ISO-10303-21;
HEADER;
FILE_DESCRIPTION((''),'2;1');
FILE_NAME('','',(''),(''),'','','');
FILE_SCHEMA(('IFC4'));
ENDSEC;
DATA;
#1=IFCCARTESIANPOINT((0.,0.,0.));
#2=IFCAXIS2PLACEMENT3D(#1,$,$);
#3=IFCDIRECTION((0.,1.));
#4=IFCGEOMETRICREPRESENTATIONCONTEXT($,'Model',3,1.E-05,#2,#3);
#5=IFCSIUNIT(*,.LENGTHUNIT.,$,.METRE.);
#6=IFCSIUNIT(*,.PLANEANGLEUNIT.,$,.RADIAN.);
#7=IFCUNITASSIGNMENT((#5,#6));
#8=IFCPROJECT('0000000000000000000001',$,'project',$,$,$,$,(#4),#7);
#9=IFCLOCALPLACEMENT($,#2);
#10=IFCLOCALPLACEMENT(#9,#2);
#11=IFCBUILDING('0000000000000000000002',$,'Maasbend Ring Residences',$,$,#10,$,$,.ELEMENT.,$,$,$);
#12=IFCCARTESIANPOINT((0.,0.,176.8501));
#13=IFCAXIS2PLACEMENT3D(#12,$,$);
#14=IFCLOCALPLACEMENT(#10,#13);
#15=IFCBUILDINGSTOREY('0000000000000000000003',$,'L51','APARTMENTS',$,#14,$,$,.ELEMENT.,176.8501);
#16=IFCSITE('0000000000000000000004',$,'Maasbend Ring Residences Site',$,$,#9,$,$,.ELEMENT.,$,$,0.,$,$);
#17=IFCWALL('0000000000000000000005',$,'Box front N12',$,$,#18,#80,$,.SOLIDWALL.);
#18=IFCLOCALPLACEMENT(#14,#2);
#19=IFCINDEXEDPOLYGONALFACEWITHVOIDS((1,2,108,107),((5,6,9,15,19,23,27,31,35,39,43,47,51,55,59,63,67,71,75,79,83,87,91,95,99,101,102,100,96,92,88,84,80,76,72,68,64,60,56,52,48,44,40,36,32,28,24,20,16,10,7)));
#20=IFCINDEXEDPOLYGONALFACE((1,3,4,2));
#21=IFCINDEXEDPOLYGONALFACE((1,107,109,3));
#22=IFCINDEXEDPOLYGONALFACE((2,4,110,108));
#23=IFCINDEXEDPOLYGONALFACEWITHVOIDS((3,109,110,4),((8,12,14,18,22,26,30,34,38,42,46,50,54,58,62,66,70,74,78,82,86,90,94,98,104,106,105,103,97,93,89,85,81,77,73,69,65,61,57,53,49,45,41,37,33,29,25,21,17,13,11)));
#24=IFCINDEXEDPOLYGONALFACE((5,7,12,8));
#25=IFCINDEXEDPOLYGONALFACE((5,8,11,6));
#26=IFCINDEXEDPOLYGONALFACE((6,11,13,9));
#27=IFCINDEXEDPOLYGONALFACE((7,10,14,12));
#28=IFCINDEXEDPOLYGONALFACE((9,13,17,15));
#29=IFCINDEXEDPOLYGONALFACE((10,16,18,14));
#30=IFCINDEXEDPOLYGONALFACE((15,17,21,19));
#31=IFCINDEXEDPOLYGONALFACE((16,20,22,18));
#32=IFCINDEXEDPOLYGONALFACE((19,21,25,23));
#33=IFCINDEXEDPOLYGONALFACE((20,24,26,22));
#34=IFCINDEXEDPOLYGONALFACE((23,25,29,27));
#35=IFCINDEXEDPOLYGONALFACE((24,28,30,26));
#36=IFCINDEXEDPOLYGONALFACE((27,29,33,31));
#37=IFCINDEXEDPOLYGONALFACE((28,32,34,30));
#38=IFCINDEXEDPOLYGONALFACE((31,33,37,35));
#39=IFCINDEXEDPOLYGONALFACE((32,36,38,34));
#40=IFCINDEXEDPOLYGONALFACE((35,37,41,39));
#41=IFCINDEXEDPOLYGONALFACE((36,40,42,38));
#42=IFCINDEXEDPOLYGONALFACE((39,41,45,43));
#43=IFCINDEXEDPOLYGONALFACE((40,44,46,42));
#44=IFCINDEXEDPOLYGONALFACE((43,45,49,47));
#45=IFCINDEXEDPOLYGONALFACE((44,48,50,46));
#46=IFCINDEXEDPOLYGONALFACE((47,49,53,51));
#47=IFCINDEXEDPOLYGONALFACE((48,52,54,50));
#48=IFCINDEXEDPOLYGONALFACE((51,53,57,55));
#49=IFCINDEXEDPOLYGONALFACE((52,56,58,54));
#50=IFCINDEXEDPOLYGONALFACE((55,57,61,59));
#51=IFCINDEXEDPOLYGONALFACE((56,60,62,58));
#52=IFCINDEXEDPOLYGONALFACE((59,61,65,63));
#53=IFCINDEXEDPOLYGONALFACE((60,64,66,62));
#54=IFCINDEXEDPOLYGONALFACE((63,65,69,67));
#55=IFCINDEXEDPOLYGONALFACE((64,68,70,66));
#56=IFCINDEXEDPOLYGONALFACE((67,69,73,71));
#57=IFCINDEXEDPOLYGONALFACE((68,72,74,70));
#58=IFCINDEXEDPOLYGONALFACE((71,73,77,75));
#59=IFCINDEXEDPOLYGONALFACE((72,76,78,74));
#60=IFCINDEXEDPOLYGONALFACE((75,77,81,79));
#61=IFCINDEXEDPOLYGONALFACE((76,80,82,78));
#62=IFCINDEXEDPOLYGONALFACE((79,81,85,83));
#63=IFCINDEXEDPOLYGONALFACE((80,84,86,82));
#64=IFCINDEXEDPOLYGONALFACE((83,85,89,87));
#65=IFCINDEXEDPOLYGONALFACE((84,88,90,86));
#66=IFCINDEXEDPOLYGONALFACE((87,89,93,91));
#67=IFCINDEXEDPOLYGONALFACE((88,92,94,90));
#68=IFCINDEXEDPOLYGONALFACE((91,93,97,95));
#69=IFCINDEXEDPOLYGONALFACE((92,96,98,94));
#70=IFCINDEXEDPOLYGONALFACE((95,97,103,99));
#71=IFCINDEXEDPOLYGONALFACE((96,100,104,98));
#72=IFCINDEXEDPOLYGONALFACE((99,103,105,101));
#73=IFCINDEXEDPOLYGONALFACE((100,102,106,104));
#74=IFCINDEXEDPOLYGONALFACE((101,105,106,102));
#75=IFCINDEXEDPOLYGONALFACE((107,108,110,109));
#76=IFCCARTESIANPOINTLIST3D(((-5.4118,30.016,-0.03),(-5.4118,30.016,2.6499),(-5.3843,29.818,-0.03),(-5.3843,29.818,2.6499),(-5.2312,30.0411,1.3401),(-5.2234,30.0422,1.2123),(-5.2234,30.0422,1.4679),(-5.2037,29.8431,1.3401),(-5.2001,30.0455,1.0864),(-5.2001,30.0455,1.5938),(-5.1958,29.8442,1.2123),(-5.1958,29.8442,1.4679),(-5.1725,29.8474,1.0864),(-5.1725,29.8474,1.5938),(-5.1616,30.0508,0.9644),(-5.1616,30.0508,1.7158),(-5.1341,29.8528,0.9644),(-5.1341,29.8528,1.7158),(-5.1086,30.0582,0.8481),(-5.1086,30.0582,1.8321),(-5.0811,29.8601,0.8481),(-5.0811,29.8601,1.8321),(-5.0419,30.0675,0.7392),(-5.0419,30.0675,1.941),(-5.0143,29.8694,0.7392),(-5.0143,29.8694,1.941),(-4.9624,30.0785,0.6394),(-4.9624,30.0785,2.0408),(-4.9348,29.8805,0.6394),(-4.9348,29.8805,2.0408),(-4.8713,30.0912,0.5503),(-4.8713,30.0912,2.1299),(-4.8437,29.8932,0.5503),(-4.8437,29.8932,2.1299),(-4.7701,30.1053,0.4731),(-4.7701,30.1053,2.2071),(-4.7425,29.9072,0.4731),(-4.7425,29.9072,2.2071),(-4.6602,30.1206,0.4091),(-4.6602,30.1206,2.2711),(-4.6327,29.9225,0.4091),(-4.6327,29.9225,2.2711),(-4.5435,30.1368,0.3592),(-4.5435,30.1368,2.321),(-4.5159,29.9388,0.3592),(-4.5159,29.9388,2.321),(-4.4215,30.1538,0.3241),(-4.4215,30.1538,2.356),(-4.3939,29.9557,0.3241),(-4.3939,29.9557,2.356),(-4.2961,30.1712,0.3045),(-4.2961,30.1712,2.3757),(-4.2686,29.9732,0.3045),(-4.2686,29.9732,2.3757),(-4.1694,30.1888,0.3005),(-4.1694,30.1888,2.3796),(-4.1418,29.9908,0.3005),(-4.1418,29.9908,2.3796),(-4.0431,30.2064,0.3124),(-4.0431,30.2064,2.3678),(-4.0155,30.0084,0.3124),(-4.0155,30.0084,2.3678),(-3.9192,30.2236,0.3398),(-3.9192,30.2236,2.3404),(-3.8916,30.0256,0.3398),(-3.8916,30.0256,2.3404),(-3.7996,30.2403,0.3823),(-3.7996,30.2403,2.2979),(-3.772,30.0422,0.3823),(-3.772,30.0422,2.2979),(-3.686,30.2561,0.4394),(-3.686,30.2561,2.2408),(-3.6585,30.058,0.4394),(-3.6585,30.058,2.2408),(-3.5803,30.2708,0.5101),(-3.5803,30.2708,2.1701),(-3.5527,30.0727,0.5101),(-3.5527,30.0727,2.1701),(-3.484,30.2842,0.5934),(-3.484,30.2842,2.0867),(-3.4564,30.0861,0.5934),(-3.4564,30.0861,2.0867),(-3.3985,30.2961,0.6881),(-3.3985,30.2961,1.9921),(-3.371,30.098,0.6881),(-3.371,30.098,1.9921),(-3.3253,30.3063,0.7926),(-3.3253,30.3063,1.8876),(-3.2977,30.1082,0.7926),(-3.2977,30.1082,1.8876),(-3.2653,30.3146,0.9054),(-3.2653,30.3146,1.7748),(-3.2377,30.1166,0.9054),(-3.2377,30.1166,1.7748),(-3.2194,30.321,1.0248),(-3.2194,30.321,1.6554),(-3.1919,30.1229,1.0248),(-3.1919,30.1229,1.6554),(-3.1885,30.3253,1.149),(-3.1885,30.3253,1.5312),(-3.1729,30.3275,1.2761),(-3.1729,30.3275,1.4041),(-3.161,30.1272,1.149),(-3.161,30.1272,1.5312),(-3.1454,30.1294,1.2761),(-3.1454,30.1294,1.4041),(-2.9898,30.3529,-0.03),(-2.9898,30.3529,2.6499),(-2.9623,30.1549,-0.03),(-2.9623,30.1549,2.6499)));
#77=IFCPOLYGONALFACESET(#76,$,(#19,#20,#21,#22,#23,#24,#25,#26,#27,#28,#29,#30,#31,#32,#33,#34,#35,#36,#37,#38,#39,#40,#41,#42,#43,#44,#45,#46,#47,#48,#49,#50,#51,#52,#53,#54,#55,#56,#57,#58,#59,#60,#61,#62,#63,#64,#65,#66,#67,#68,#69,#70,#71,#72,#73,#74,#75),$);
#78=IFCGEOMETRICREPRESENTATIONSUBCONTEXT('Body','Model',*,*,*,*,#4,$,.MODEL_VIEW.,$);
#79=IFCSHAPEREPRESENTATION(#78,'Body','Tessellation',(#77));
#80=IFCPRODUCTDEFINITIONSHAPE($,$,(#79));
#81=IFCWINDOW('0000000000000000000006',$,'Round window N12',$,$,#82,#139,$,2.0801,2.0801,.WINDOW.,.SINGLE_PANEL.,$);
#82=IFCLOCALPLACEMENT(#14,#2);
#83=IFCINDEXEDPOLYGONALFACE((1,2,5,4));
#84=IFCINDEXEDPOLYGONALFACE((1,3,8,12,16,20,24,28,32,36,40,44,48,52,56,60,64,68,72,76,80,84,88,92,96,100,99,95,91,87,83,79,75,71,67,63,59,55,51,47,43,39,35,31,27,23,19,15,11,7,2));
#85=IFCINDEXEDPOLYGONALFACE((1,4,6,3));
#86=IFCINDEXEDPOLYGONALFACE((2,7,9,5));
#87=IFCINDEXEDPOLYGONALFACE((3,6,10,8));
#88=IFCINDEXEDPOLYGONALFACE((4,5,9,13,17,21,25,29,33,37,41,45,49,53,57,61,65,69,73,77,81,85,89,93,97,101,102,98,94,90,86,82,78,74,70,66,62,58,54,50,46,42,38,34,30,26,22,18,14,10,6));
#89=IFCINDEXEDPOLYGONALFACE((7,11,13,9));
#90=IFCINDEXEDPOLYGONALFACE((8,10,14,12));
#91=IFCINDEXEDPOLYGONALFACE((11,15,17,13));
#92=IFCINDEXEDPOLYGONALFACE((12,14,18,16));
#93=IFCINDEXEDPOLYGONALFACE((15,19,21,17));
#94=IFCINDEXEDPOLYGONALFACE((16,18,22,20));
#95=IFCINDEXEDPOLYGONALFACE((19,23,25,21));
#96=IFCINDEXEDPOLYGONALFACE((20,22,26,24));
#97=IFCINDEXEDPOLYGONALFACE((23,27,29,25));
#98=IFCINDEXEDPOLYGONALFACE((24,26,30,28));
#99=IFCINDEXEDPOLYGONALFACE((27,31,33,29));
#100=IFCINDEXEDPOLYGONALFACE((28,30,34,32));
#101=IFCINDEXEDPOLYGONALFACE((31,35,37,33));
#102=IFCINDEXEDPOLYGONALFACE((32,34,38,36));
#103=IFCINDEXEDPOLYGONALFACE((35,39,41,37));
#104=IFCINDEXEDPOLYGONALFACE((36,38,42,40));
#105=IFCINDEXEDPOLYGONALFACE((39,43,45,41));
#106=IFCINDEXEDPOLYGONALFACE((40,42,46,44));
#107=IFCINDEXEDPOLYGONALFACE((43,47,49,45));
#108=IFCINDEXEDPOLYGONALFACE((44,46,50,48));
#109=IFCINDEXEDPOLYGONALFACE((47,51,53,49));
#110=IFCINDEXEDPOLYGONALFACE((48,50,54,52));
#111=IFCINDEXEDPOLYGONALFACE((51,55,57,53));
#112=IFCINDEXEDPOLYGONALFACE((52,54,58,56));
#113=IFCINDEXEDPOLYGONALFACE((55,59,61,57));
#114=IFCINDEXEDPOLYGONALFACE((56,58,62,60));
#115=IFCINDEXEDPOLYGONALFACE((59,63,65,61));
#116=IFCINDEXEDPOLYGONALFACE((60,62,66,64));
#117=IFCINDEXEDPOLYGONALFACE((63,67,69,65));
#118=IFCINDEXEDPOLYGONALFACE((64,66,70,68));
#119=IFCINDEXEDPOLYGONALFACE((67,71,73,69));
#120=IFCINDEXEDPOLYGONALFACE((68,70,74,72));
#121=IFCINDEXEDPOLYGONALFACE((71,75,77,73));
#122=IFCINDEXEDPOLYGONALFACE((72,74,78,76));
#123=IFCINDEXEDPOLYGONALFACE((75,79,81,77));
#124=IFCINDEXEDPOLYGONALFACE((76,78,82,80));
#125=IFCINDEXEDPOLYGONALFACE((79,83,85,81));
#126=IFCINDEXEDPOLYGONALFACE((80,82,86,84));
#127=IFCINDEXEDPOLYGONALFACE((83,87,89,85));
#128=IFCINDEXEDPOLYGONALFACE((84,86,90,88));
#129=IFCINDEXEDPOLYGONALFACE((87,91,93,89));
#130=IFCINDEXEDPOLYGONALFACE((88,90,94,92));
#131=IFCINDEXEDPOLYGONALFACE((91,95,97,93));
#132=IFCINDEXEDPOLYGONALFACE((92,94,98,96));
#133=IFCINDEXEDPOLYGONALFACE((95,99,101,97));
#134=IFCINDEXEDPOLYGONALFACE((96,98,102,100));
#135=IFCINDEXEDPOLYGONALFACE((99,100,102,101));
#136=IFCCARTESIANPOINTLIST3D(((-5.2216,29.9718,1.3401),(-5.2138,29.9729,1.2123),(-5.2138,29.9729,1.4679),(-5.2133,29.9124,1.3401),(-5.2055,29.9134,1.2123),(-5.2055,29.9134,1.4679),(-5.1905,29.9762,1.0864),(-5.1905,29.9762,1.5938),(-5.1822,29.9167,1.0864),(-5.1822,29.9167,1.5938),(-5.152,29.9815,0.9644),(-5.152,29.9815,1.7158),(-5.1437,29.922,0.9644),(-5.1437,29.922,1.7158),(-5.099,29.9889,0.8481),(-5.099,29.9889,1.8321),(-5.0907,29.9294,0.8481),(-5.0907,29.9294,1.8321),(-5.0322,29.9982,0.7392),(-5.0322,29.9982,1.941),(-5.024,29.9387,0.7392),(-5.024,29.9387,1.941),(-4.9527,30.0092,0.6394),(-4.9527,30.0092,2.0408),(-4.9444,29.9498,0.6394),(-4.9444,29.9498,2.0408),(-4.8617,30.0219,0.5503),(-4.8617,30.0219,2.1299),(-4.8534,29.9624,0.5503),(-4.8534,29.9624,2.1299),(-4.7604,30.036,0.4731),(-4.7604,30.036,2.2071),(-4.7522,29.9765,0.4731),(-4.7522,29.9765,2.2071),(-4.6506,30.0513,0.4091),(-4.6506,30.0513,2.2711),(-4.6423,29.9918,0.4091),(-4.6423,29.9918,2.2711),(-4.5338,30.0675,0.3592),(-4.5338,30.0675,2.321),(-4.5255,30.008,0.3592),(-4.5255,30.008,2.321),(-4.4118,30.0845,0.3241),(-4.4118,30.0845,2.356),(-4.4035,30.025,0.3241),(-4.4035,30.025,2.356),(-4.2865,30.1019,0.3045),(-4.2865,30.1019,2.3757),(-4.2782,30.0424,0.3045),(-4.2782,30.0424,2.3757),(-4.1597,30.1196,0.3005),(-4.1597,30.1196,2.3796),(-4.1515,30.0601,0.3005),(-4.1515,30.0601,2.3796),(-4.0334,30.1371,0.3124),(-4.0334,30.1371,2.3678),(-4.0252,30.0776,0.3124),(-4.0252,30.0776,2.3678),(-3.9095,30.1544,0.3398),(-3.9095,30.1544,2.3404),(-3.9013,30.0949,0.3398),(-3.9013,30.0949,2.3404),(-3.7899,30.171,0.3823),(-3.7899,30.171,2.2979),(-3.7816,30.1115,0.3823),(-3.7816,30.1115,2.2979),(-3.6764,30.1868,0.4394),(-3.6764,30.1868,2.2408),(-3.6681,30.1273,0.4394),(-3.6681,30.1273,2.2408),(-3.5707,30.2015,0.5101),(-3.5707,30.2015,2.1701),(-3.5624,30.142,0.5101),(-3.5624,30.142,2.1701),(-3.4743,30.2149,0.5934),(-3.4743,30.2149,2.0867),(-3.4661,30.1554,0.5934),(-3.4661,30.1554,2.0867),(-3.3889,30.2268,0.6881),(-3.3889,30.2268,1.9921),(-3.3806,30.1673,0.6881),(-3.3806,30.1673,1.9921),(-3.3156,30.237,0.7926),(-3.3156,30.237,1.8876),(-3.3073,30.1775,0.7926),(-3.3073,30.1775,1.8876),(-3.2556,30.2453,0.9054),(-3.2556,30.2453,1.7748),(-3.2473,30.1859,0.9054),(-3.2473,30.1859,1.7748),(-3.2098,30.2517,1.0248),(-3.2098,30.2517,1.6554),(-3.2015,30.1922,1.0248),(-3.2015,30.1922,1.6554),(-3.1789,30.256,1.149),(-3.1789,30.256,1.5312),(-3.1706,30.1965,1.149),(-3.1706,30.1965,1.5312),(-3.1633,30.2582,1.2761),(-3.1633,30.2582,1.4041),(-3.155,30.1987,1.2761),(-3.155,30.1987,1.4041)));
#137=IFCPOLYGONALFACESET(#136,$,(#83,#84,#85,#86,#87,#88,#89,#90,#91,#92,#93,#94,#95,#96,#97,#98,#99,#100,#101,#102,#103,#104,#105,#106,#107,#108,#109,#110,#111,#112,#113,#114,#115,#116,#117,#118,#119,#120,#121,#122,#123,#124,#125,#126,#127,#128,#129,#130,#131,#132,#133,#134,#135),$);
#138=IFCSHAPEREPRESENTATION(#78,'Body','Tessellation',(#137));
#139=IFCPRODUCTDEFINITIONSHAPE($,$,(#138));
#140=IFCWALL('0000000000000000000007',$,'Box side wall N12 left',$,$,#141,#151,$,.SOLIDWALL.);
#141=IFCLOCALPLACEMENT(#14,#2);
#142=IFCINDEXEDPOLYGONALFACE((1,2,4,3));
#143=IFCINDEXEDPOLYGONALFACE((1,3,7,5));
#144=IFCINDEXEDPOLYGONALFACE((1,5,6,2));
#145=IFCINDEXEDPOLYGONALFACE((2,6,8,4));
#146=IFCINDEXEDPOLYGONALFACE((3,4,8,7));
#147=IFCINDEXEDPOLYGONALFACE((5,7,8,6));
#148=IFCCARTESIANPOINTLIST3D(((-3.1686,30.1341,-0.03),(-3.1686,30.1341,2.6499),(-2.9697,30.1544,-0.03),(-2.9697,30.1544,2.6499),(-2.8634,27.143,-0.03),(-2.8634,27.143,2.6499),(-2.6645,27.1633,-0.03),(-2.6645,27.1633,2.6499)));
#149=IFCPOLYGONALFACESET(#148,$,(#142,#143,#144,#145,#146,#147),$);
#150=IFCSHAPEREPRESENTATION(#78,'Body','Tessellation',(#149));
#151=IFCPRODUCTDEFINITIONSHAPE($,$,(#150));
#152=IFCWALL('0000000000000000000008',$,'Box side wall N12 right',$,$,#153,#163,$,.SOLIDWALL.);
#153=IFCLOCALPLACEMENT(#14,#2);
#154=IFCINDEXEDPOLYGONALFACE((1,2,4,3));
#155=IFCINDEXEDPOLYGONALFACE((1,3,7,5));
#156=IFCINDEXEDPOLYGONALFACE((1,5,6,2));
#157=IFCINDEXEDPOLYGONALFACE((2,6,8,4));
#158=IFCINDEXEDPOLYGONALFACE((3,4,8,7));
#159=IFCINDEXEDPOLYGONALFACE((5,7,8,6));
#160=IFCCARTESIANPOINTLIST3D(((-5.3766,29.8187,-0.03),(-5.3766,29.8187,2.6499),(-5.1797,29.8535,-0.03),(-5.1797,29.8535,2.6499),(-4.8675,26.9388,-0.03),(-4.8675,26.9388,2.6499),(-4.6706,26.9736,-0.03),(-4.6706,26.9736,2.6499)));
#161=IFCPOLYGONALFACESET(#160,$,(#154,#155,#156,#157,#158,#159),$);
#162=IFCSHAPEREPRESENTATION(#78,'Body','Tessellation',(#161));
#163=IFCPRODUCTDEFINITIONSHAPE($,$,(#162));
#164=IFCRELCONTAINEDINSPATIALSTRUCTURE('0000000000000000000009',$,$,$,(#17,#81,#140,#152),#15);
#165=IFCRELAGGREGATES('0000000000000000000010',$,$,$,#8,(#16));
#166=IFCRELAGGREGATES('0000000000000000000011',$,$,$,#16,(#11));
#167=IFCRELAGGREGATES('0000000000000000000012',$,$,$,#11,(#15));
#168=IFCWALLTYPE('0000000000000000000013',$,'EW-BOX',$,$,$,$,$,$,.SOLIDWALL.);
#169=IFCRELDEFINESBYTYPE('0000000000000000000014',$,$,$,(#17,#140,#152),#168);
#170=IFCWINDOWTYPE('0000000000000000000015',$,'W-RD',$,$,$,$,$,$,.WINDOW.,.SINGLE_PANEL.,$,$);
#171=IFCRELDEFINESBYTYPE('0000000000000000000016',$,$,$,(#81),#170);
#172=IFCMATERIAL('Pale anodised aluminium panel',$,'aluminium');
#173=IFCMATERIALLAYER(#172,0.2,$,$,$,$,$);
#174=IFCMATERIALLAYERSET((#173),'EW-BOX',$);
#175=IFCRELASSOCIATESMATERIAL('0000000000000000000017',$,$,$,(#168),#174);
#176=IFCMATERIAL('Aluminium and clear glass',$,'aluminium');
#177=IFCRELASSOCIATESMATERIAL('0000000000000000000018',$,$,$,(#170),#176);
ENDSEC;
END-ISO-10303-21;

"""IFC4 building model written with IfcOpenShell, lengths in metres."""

from ifc_helpers import new_model, si_unit, direction, frame, frame_2d, origin, place, context, subcontext, project, spatial, rectangle, circle, extrude, material, layer, layer_set, type_object, element, fill, save


model = new_model("IFC4")

# Units and contexts
model_context = context("Model", 3, precision=1e-05, world=origin(), true_north=direction((0.0, 1.0)))
body_context = subcontext(model_context, "Body", "Model", "MODEL_VIEW")
ifc_project = project(units=[si_unit("LENGTHUNIT", "METRE"), si_unit("PLANEANGLEUNIT", "RADIAN")], contexts=[model_context])

# Site, building, storey
site_placement = place(None, origin())
site = spatial("IfcSite", under=ifc_project, at=site_placement, Name="Maasbend Ring Residences Site", CompositionType="ELEMENT", RefElevation=0.0)
building_placement = place(site_placement, origin())
building = spatial("IfcBuilding", under=site, at=building_placement, Name="Maasbend Ring Residences", CompositionType="ELEMENT")
storey_placement = place(building_placement, frame((0.0, 0.0, 176.8501)))
storey = spatial("IfcBuildingStorey", under=building, at=storey_placement, Name="L51", Description="APARTMENTS", CompositionType="ELEMENT", Elevation=176.8501)

# Wall, opening, window
ifc_material_1 = material(Name="Pale anodised aluminium panel", Category="aluminium")
ifc_layer_1 = layer(ifc_material_1, 0.2)
ifc_layer_set_1 = layer_set([ifc_layer_1], Name="EW-BOX")
wall_type_1 = type_object("IfcWallType", Name="EW-BOX", PredefinedType="SOLIDWALL", material=ifc_layer_set_1)
wall_1_placement = place(storey_placement, frame((-2.9761, 30.2539, -0.03), z_axis=(0.0, 0.0, 1.0), x_axis=(-0.990462, -0.137786, 0.0)))
wall_1 = element("IfcWall", 1, at=wall_1_placement, inside=storey, type_object=wall_type_1, Name="Box front N12", PredefinedType="SOLIDWALL", context=body_context, shape_type="SweptSolid", body=[
    extrude(rectangle(XDim=2.4453, YDim=0.2, at=frame_2d((1.2227, 0.0))), origin(), (0.0, 0.0, 1.0), 2.6799),
])
opening_1_placement = place(wall_1_placement, frame((0.1829, 0.0, 0.3301)))
opening_1 = element("IfcOpeningElement", 2, at=opening_1_placement, cuts=wall_1, PredefinedType="OPENING", context=body_context, shape_type="SweptSolid", body=[
    extrude(circle(Radius=1.04, at=frame_2d((1.04, 1.04))), frame((0.0, 0.1099, 0.0), z_axis=(0.0, -1.0, 0.0), x_axis=(1.0, 0.0, 0.0)), (0.0, 0.0, 1.0), 0.22),
])
ifc_material_2 = material(Name="Aluminium and clear glass", Category="aluminium")
window_type_1 = type_object("IfcWindowType", Name="W-RD", PartitioningType="SINGLE_PANEL", PredefinedType="WINDOW", material=ifc_material_2)
window_1_placement = place(opening_1_placement, origin())
window_1 = element("IfcWindow", 3, at=window_1_placement, inside=storey, type_object=window_type_1, Name="Round window N12", OverallHeight=2.0801, OverallWidth=2.0801, PartitioningType="SINGLE_PANEL", PredefinedType="WINDOW", context=body_context, shape_type="SweptSolid", body=[
    extrude(circle(Radius=1.04, at=frame_2d((1.04, 1.04))), frame((0.0, 0.03, 0.0), z_axis=(0.0, -1.0, 0.0), x_axis=(1.0, 0.0, 0.0)), (0.0, 0.0, 1.0), 0.0601),
])
fill(opening_1, window_1)

# Walls
wall_2_placement = place(storey_placement, frame((-2.7639, 27.1531, -0.03), z_axis=(0.0, 0.0, 1.0), x_axis=(-0.101505, 0.994835, 0.0)))
element("IfcWall", 4, at=wall_2_placement, inside=storey, type_object=wall_type_1, Name="Box side wall N12 left", PredefinedType="SOLIDWALL", context=body_context, shape_type="SweptSolid", body=[
    extrude(rectangle(XDim=3.0066, YDim=0.2, at=frame_2d((1.5034, 0.0))), origin(), (0.0, 0.0, 1.0), 2.6799),
])
wall_3_placement = place(storey_placement, frame((-4.769, 26.9561, -0.03), z_axis=(0.0, 0.0, 1.0), x_axis=(-0.174057, 0.984736, 0.0)))
element("IfcWall", 5, at=wall_3_placement, inside=storey, type_object=wall_type_1, Name="Box side wall N12 right", PredefinedType="SOLIDWALL", context=body_context, shape_type="SweptSolid", body=[
    extrude(rectangle(XDim=2.9246, YDim=0.2, at=frame_2d((1.4624, 0.0))), origin(), (0.0, 0.0, 1.0), 2.6799),
])

save(model, "model.ifc")
